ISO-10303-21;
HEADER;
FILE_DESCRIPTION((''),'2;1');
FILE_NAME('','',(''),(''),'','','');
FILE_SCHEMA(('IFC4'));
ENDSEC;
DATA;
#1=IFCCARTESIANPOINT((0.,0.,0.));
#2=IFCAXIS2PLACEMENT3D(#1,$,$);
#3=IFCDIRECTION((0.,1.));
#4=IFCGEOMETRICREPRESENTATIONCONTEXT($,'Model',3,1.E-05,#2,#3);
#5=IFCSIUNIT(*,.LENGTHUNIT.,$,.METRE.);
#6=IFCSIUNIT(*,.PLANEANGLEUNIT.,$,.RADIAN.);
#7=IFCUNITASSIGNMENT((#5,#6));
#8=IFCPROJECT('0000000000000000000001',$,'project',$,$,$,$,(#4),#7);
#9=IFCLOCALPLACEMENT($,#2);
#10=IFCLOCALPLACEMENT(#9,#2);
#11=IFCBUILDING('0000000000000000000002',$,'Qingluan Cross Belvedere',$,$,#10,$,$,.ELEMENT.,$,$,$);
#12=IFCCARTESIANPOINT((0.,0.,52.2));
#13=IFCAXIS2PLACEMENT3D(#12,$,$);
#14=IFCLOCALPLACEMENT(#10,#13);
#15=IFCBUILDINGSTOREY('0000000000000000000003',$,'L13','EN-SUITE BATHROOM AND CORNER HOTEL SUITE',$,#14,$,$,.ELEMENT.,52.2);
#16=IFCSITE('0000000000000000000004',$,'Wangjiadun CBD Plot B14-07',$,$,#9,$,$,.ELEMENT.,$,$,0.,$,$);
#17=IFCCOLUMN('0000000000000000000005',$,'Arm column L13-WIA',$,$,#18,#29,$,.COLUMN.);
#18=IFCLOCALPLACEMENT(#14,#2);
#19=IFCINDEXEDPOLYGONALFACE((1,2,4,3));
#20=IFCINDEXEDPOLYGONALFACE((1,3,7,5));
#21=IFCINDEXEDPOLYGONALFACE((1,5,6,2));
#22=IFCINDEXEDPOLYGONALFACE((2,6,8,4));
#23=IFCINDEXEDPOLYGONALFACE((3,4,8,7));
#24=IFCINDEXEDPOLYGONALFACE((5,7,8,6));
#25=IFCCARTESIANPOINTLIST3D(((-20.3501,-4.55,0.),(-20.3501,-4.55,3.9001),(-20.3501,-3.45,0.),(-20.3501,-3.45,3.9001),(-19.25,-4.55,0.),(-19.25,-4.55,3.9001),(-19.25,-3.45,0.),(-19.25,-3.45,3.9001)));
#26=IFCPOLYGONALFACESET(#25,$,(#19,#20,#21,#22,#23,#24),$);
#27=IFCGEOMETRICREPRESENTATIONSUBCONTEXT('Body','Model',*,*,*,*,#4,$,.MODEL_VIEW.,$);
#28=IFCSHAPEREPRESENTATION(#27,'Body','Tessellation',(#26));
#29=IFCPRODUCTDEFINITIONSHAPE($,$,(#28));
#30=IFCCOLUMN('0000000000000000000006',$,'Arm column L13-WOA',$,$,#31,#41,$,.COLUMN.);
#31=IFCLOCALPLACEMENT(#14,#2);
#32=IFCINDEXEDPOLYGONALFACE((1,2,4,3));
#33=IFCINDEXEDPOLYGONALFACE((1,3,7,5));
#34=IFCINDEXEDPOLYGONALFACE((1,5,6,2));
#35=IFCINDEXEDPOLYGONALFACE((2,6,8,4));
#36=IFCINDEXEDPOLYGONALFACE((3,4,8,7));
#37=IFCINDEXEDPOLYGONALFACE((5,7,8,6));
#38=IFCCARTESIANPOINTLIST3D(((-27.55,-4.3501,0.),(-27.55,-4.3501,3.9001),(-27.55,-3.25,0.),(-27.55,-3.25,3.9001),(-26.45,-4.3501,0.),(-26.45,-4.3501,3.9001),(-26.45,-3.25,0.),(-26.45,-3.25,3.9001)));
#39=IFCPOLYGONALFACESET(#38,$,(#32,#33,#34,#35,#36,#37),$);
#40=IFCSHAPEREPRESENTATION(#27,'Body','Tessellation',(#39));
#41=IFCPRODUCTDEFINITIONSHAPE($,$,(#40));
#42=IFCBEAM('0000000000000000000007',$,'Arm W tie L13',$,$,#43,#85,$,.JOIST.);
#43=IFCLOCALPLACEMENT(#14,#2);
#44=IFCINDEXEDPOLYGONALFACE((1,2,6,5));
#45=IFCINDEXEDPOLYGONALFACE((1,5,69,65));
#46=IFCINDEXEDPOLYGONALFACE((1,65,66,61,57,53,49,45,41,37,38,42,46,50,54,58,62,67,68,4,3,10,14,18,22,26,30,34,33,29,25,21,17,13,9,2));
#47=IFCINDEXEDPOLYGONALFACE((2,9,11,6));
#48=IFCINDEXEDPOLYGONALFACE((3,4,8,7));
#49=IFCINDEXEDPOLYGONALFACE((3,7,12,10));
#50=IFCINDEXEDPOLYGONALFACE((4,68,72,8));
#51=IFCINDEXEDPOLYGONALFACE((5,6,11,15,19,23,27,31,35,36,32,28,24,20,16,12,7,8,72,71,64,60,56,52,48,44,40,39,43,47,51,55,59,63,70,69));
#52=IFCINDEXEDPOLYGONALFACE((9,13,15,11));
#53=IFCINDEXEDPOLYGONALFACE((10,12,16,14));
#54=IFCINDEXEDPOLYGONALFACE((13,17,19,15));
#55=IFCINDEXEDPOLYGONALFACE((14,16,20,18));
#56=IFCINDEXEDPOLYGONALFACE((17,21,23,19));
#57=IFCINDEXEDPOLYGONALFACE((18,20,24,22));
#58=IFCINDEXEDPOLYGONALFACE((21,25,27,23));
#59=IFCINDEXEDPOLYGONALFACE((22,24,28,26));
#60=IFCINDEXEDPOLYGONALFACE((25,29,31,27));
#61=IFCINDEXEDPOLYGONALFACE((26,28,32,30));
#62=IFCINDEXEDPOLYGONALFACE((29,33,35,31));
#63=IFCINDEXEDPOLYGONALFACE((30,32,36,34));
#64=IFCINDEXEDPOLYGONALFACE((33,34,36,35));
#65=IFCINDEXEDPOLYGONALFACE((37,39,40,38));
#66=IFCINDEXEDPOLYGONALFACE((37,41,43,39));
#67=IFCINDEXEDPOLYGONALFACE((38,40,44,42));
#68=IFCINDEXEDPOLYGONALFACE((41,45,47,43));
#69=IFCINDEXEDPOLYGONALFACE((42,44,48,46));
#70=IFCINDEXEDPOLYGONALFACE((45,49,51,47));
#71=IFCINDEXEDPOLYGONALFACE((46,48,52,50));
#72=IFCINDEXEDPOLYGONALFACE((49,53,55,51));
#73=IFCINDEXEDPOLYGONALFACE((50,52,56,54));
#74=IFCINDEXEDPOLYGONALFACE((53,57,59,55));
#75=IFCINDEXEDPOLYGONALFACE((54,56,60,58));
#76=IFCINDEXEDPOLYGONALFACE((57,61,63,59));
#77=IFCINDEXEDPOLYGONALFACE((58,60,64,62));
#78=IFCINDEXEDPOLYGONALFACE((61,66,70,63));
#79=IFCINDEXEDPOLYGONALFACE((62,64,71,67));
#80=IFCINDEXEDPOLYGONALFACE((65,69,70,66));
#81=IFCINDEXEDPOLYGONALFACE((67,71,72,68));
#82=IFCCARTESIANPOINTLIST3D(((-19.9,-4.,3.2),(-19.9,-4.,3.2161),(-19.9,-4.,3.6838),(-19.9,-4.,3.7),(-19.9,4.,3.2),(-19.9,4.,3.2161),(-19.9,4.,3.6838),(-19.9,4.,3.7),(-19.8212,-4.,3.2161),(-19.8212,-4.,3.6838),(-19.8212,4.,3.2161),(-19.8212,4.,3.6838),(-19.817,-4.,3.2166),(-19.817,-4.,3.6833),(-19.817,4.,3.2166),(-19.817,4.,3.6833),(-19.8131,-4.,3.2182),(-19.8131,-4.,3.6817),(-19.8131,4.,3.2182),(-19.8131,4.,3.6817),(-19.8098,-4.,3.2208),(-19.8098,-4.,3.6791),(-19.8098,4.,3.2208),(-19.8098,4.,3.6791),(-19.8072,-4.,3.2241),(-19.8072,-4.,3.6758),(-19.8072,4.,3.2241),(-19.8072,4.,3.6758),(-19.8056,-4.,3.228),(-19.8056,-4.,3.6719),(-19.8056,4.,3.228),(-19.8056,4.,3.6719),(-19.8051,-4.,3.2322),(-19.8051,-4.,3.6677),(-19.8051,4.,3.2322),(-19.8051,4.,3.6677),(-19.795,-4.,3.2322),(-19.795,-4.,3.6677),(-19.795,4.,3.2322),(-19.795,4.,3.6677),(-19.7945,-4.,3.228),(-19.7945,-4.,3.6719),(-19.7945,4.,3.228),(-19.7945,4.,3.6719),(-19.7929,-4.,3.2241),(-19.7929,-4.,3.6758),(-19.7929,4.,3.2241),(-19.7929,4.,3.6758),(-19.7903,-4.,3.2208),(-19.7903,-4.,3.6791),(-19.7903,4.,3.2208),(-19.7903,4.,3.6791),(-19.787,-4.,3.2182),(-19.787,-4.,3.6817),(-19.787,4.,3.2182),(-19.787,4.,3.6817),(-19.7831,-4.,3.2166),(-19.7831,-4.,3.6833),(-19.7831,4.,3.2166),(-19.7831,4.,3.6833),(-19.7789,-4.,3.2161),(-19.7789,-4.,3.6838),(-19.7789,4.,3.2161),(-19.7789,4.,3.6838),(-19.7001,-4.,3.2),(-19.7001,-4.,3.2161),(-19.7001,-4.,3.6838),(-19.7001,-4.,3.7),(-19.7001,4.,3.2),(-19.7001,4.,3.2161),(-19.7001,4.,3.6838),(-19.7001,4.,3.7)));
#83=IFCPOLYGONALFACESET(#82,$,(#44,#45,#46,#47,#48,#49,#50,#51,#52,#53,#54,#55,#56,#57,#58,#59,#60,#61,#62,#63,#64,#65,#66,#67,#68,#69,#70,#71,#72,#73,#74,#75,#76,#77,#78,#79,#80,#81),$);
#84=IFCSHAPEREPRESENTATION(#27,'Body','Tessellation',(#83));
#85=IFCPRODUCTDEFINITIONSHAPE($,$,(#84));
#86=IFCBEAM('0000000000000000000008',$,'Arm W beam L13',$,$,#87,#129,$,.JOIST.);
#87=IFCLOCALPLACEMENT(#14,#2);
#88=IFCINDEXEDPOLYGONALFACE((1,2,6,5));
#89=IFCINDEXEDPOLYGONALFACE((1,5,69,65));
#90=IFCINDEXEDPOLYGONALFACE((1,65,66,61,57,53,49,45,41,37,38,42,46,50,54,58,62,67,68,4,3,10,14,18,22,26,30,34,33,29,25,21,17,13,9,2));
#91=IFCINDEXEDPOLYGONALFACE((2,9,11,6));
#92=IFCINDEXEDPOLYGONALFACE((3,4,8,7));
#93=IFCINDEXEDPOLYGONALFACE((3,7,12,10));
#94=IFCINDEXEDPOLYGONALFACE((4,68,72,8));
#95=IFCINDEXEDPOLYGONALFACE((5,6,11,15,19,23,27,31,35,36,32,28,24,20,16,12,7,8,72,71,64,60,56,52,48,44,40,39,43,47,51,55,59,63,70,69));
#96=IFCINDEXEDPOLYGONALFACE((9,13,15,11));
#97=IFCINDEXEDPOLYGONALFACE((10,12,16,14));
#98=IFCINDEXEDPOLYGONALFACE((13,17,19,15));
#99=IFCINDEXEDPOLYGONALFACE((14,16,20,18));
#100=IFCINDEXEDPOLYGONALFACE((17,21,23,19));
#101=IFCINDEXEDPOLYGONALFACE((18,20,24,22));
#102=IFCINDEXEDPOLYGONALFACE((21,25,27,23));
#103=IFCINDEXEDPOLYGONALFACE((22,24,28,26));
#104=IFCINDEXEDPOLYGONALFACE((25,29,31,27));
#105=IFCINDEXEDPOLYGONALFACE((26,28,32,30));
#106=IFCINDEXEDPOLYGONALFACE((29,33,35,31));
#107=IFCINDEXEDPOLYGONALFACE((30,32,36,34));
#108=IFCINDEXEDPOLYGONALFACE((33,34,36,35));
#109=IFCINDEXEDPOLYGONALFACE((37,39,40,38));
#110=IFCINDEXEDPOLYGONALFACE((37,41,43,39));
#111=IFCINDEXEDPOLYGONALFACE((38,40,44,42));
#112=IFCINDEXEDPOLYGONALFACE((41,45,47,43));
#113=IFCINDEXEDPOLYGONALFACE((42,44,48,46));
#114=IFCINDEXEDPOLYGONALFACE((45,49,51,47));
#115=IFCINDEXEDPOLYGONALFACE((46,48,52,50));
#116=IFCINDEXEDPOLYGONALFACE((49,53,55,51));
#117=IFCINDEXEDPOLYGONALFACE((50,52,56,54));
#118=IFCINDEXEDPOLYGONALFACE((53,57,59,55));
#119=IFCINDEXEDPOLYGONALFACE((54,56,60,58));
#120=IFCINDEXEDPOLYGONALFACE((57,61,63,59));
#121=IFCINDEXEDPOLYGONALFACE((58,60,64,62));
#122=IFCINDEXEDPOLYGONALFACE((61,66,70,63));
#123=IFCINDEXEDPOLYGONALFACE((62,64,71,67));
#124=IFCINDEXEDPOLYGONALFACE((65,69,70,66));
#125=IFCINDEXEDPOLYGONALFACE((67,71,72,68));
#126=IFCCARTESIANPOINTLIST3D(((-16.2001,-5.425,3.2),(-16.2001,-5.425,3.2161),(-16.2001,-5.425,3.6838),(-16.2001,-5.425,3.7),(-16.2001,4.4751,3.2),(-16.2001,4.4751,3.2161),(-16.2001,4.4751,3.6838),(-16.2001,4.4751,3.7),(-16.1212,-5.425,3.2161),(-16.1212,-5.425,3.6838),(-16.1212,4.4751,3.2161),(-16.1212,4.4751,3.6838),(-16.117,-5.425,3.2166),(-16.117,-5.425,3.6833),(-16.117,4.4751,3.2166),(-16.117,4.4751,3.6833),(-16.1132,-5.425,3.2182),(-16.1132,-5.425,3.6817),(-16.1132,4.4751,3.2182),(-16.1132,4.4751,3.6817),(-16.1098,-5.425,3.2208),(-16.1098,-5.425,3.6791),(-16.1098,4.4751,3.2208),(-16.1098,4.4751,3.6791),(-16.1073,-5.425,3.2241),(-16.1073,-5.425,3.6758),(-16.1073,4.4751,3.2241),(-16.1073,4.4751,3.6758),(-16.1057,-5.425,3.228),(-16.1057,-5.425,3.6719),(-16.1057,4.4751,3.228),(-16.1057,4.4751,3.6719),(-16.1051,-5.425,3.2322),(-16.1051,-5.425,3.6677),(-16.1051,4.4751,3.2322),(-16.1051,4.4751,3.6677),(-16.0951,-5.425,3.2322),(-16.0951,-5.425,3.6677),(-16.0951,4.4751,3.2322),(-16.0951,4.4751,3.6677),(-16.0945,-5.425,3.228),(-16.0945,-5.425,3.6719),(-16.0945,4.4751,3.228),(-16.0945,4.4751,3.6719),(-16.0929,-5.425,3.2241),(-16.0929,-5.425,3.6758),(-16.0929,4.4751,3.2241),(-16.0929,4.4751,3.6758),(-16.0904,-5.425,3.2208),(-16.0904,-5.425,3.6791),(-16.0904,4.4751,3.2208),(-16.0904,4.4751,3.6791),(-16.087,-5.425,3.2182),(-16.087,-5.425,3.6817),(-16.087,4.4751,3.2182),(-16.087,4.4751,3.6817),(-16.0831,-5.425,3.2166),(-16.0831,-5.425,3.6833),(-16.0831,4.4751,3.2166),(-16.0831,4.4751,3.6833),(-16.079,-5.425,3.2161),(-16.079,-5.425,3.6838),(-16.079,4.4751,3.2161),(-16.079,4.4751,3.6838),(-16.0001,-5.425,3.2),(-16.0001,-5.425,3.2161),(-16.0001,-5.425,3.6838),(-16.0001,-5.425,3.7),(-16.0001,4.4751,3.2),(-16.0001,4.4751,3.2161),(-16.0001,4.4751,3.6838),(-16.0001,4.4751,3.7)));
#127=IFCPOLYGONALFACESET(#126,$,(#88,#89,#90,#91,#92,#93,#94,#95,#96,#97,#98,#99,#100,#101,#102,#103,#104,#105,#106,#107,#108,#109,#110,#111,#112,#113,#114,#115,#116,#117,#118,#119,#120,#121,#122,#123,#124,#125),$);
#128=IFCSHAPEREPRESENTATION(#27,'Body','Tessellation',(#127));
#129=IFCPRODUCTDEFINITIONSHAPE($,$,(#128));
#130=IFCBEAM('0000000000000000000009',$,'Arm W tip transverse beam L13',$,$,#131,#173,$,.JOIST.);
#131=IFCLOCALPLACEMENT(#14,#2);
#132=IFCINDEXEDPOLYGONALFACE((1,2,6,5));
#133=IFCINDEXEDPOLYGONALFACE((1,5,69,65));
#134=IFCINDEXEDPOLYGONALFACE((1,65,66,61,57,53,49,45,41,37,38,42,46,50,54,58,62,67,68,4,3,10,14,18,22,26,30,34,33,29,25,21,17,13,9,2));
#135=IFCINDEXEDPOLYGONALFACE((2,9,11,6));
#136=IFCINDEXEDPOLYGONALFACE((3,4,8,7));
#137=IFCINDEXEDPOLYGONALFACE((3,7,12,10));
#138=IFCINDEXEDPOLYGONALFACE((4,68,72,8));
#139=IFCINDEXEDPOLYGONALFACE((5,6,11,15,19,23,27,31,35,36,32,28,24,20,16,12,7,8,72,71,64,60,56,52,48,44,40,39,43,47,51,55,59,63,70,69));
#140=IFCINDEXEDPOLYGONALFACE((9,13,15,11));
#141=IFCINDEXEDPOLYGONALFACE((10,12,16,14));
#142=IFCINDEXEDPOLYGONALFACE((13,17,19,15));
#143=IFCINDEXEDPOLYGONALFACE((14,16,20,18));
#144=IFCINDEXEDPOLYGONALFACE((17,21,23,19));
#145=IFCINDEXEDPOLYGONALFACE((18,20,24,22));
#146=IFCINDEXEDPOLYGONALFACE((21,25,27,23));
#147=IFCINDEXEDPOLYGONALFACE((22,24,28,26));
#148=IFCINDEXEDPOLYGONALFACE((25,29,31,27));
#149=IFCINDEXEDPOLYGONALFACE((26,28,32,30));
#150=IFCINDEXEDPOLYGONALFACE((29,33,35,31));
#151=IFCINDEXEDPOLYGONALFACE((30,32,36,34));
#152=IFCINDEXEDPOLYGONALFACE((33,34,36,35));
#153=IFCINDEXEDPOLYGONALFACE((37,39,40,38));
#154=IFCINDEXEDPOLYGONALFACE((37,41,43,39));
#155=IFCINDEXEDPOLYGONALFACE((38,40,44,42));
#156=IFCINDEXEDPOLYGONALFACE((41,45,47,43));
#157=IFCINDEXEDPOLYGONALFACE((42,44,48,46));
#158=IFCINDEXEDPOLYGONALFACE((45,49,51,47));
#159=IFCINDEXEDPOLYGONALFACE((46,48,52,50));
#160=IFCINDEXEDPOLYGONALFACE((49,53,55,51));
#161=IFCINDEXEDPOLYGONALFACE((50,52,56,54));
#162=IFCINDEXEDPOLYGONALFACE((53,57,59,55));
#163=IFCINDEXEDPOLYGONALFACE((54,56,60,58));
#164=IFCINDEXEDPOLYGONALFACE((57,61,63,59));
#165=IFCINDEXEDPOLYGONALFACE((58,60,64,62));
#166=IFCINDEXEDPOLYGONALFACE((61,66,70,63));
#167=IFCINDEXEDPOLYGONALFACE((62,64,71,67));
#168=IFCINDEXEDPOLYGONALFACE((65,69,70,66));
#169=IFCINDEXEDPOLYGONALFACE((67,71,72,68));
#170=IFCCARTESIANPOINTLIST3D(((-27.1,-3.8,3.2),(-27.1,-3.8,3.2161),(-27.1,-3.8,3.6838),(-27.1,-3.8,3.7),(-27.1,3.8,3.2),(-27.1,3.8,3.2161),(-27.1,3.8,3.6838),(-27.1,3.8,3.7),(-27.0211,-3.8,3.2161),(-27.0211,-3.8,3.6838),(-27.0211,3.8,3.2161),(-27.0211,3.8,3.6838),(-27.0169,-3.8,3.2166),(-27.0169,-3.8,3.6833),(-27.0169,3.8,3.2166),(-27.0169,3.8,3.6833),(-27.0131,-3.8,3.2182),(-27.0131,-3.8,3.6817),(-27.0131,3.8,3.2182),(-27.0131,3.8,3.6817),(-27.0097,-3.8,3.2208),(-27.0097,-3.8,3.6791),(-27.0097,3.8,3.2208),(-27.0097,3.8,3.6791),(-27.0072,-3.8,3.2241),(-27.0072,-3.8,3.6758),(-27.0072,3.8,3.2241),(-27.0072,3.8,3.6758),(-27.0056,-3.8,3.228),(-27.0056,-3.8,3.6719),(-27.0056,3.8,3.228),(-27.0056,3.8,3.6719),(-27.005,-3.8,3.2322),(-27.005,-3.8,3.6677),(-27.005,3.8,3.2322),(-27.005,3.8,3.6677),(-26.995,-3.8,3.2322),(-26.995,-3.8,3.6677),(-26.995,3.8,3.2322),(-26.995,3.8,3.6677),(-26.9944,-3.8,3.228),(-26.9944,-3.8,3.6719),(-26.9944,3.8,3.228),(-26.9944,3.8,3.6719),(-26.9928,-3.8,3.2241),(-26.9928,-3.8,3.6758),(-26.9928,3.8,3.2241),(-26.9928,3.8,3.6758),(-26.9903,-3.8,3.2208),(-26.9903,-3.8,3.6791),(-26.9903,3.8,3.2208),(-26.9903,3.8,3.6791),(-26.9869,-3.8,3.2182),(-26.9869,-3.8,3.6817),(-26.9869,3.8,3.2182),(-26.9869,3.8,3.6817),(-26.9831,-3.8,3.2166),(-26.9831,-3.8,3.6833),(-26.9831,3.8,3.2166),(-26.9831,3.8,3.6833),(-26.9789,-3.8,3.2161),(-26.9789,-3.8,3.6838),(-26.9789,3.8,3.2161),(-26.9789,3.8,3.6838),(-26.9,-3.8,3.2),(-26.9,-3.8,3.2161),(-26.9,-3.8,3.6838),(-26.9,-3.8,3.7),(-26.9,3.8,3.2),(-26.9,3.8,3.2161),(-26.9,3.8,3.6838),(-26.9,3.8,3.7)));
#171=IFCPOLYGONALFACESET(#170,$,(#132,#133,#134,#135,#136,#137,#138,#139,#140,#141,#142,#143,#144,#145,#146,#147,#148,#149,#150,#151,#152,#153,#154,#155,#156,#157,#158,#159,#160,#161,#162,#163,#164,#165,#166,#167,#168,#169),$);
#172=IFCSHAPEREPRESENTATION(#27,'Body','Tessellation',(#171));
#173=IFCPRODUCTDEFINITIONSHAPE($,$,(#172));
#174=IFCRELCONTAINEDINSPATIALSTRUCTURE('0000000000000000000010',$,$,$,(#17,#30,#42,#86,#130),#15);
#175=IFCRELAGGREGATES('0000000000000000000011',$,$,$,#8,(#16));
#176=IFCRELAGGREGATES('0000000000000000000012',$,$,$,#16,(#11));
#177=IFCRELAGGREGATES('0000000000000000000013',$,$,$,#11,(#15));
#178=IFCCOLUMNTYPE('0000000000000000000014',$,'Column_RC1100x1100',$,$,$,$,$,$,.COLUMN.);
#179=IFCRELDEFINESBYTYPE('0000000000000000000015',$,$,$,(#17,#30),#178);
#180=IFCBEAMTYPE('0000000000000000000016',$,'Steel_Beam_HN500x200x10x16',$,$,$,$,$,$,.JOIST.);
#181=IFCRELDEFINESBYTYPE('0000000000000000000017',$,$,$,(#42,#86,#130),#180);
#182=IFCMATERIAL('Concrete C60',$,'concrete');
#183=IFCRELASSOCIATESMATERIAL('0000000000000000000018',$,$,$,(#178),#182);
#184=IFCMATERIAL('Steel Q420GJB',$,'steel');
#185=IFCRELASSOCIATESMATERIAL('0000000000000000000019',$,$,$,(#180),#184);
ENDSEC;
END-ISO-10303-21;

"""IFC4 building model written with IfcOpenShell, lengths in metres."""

from ifc_helpers import new_model, si_unit, direction, frame, origin, origin_2d, place, context, subcontext, project, spatial, rectangle, i_section, extrude, material, material_profile, profile_set, type_object, element, save


model = new_model("IFC4")

# Units and contexts
model_context = context("Model", 3, precision=1e-05, world=origin(), true_north=direction((0.0, 1.0)))
body_context = subcontext(model_context, "Body", "Model", "MODEL_VIEW")
ifc_project = project(units=[si_unit("LENGTHUNIT", "METRE"), si_unit("PLANEANGLEUNIT", "RADIAN")], contexts=[model_context])

# Site, building, storey
site_placement = place(None, origin())
site = spatial("IfcSite", under=ifc_project, at=site_placement, Name="Wangjiadun CBD Plot B14-07", CompositionType="ELEMENT", RefElevation=0.0)
building_placement = place(site_placement, origin())
building = spatial("IfcBuilding", under=site, at=building_placement, Name="Qingluan Cross Belvedere", CompositionType="ELEMENT")
storey_placement = place(building_placement, frame((0.0, 0.0, 52.2)))
storey = spatial("IfcBuildingStorey", under=building, at=storey_placement, Name="L13", Description="EN-SUITE BATHROOM AND CORNER HOTEL SUITE", CompositionType="ELEMENT", Elevation=52.2)

# Columns
ifc_material_1 = material(Name="Concrete C60", Category="concrete")
ifc_material_profile_1 = material_profile(ifc_material_1, rectangle(XDim=1.1001, YDim=1.1001, at=origin_2d()), Name="RC1100x1100")
ifc_profile_set_1 = profile_set([ifc_material_profile_1], Name="Concrete C60")
column_type = type_object("IfcColumnType", Name="Column_RC1100x1100", PredefinedType="COLUMN", material=ifc_profile_set_1)
for number, where, z_axis, x_axis, name in (
    (1, (-19.8, -4.0, 0.0), (0.0, 0.0, 1.0), (1.0, 0.0, 0.0), "Arm column L13-WIA"),
    (2, (-27.0, -3.8, 0.0), (0.0, 0.0, 1.0), (1.0, 0.0, 0.0), "Arm column L13-WOA"),
):
    element("IfcColumn", number, at=place(storey_placement, frame(where, z_axis=z_axis, x_axis=x_axis)), inside=storey, type_object=column_type, Name=name, PredefinedType="COLUMN", context=body_context, shape_type="SweptSolid", body=[
        extrude(rectangle(XDim=1.1001, YDim=1.1001, at=origin_2d()), origin(), (0.0, 0.0, 1.0), 3.9001),
    ])

# Beams
ifc_material_2 = material(Name="Steel Q420GJB", Category="steel")
ifc_material_profile_2 = material_profile(ifc_material_2, i_section(OverallWidth=0.2, OverallDepth=0.5, WebThickness=0.01, FlangeThickness=0.0161, FilletRadius=0.0161, at=origin_2d()), Name="HN500x200x10x16")
ifc_profile_set_2 = profile_set([ifc_material_profile_2], Name="Steel Q420GJB")
beam_type_1 = type_object("IfcBeamType", Name="Steel_Beam_HN500x200x10x16", PredefinedType="JOIST", material=ifc_profile_set_2)
beam_1_placement = place(storey_placement, frame((-19.8, -4.0, 3.45), z_axis=(0.0, 1.0, 0.0), x_axis=(-1.0, 0.0, 0.0)))
element("IfcBeam", 3, at=beam_1_placement, inside=storey, type_object=beam_type_1, Name="Arm W tie L13", PredefinedType="JOIST", context=body_context, shape_type="SweptSolid", body=[
    extrude(i_section(OverallWidth=0.2, OverallDepth=0.5, WebThickness=0.01, FlangeThickness=0.0161, FilletRadius=0.0161, at=origin_2d()), origin(), (0.0, 0.0, 1.0), 8.0),
])
beam_2_placement = place(storey_placement, frame((-16.1001, -5.425, 3.45), z_axis=(0.0, 1.0, 0.0), x_axis=(-1.0, 0.0, 0.0)))
element("IfcBeam", 4, at=beam_2_placement, inside=storey, type_object=beam_type_1, Name="Arm W beam L13", PredefinedType="JOIST", context=body_context, shape_type="SweptSolid", body=[
    extrude(i_section(OverallWidth=0.2, OverallDepth=0.5, WebThickness=0.01, FlangeThickness=0.0161, FilletRadius=0.0161, at=origin_2d()), origin(), (0.0, 0.0, 1.0), 9.9001),
])
beam_3_placement = place(storey_placement, frame((-27.0, -3.8, 3.45), z_axis=(0.0, 1.0, 0.0), x_axis=(-1.0, 0.0, 0.0)))
element("IfcBeam", 5, at=beam_3_placement, inside=storey, type_object=beam_type_1, Name="Arm W tip transverse beam L13", PredefinedType="JOIST", context=body_context, shape_type="SweptSolid", body=[
    extrude(i_section(OverallWidth=0.2, OverallDepth=0.5, WebThickness=0.01, FlangeThickness=0.0161, FilletRadius=0.0161, at=origin_2d()), origin(), (0.0, 0.0, 1.0), 7.6001),
])

save(model, "model.ifc")
